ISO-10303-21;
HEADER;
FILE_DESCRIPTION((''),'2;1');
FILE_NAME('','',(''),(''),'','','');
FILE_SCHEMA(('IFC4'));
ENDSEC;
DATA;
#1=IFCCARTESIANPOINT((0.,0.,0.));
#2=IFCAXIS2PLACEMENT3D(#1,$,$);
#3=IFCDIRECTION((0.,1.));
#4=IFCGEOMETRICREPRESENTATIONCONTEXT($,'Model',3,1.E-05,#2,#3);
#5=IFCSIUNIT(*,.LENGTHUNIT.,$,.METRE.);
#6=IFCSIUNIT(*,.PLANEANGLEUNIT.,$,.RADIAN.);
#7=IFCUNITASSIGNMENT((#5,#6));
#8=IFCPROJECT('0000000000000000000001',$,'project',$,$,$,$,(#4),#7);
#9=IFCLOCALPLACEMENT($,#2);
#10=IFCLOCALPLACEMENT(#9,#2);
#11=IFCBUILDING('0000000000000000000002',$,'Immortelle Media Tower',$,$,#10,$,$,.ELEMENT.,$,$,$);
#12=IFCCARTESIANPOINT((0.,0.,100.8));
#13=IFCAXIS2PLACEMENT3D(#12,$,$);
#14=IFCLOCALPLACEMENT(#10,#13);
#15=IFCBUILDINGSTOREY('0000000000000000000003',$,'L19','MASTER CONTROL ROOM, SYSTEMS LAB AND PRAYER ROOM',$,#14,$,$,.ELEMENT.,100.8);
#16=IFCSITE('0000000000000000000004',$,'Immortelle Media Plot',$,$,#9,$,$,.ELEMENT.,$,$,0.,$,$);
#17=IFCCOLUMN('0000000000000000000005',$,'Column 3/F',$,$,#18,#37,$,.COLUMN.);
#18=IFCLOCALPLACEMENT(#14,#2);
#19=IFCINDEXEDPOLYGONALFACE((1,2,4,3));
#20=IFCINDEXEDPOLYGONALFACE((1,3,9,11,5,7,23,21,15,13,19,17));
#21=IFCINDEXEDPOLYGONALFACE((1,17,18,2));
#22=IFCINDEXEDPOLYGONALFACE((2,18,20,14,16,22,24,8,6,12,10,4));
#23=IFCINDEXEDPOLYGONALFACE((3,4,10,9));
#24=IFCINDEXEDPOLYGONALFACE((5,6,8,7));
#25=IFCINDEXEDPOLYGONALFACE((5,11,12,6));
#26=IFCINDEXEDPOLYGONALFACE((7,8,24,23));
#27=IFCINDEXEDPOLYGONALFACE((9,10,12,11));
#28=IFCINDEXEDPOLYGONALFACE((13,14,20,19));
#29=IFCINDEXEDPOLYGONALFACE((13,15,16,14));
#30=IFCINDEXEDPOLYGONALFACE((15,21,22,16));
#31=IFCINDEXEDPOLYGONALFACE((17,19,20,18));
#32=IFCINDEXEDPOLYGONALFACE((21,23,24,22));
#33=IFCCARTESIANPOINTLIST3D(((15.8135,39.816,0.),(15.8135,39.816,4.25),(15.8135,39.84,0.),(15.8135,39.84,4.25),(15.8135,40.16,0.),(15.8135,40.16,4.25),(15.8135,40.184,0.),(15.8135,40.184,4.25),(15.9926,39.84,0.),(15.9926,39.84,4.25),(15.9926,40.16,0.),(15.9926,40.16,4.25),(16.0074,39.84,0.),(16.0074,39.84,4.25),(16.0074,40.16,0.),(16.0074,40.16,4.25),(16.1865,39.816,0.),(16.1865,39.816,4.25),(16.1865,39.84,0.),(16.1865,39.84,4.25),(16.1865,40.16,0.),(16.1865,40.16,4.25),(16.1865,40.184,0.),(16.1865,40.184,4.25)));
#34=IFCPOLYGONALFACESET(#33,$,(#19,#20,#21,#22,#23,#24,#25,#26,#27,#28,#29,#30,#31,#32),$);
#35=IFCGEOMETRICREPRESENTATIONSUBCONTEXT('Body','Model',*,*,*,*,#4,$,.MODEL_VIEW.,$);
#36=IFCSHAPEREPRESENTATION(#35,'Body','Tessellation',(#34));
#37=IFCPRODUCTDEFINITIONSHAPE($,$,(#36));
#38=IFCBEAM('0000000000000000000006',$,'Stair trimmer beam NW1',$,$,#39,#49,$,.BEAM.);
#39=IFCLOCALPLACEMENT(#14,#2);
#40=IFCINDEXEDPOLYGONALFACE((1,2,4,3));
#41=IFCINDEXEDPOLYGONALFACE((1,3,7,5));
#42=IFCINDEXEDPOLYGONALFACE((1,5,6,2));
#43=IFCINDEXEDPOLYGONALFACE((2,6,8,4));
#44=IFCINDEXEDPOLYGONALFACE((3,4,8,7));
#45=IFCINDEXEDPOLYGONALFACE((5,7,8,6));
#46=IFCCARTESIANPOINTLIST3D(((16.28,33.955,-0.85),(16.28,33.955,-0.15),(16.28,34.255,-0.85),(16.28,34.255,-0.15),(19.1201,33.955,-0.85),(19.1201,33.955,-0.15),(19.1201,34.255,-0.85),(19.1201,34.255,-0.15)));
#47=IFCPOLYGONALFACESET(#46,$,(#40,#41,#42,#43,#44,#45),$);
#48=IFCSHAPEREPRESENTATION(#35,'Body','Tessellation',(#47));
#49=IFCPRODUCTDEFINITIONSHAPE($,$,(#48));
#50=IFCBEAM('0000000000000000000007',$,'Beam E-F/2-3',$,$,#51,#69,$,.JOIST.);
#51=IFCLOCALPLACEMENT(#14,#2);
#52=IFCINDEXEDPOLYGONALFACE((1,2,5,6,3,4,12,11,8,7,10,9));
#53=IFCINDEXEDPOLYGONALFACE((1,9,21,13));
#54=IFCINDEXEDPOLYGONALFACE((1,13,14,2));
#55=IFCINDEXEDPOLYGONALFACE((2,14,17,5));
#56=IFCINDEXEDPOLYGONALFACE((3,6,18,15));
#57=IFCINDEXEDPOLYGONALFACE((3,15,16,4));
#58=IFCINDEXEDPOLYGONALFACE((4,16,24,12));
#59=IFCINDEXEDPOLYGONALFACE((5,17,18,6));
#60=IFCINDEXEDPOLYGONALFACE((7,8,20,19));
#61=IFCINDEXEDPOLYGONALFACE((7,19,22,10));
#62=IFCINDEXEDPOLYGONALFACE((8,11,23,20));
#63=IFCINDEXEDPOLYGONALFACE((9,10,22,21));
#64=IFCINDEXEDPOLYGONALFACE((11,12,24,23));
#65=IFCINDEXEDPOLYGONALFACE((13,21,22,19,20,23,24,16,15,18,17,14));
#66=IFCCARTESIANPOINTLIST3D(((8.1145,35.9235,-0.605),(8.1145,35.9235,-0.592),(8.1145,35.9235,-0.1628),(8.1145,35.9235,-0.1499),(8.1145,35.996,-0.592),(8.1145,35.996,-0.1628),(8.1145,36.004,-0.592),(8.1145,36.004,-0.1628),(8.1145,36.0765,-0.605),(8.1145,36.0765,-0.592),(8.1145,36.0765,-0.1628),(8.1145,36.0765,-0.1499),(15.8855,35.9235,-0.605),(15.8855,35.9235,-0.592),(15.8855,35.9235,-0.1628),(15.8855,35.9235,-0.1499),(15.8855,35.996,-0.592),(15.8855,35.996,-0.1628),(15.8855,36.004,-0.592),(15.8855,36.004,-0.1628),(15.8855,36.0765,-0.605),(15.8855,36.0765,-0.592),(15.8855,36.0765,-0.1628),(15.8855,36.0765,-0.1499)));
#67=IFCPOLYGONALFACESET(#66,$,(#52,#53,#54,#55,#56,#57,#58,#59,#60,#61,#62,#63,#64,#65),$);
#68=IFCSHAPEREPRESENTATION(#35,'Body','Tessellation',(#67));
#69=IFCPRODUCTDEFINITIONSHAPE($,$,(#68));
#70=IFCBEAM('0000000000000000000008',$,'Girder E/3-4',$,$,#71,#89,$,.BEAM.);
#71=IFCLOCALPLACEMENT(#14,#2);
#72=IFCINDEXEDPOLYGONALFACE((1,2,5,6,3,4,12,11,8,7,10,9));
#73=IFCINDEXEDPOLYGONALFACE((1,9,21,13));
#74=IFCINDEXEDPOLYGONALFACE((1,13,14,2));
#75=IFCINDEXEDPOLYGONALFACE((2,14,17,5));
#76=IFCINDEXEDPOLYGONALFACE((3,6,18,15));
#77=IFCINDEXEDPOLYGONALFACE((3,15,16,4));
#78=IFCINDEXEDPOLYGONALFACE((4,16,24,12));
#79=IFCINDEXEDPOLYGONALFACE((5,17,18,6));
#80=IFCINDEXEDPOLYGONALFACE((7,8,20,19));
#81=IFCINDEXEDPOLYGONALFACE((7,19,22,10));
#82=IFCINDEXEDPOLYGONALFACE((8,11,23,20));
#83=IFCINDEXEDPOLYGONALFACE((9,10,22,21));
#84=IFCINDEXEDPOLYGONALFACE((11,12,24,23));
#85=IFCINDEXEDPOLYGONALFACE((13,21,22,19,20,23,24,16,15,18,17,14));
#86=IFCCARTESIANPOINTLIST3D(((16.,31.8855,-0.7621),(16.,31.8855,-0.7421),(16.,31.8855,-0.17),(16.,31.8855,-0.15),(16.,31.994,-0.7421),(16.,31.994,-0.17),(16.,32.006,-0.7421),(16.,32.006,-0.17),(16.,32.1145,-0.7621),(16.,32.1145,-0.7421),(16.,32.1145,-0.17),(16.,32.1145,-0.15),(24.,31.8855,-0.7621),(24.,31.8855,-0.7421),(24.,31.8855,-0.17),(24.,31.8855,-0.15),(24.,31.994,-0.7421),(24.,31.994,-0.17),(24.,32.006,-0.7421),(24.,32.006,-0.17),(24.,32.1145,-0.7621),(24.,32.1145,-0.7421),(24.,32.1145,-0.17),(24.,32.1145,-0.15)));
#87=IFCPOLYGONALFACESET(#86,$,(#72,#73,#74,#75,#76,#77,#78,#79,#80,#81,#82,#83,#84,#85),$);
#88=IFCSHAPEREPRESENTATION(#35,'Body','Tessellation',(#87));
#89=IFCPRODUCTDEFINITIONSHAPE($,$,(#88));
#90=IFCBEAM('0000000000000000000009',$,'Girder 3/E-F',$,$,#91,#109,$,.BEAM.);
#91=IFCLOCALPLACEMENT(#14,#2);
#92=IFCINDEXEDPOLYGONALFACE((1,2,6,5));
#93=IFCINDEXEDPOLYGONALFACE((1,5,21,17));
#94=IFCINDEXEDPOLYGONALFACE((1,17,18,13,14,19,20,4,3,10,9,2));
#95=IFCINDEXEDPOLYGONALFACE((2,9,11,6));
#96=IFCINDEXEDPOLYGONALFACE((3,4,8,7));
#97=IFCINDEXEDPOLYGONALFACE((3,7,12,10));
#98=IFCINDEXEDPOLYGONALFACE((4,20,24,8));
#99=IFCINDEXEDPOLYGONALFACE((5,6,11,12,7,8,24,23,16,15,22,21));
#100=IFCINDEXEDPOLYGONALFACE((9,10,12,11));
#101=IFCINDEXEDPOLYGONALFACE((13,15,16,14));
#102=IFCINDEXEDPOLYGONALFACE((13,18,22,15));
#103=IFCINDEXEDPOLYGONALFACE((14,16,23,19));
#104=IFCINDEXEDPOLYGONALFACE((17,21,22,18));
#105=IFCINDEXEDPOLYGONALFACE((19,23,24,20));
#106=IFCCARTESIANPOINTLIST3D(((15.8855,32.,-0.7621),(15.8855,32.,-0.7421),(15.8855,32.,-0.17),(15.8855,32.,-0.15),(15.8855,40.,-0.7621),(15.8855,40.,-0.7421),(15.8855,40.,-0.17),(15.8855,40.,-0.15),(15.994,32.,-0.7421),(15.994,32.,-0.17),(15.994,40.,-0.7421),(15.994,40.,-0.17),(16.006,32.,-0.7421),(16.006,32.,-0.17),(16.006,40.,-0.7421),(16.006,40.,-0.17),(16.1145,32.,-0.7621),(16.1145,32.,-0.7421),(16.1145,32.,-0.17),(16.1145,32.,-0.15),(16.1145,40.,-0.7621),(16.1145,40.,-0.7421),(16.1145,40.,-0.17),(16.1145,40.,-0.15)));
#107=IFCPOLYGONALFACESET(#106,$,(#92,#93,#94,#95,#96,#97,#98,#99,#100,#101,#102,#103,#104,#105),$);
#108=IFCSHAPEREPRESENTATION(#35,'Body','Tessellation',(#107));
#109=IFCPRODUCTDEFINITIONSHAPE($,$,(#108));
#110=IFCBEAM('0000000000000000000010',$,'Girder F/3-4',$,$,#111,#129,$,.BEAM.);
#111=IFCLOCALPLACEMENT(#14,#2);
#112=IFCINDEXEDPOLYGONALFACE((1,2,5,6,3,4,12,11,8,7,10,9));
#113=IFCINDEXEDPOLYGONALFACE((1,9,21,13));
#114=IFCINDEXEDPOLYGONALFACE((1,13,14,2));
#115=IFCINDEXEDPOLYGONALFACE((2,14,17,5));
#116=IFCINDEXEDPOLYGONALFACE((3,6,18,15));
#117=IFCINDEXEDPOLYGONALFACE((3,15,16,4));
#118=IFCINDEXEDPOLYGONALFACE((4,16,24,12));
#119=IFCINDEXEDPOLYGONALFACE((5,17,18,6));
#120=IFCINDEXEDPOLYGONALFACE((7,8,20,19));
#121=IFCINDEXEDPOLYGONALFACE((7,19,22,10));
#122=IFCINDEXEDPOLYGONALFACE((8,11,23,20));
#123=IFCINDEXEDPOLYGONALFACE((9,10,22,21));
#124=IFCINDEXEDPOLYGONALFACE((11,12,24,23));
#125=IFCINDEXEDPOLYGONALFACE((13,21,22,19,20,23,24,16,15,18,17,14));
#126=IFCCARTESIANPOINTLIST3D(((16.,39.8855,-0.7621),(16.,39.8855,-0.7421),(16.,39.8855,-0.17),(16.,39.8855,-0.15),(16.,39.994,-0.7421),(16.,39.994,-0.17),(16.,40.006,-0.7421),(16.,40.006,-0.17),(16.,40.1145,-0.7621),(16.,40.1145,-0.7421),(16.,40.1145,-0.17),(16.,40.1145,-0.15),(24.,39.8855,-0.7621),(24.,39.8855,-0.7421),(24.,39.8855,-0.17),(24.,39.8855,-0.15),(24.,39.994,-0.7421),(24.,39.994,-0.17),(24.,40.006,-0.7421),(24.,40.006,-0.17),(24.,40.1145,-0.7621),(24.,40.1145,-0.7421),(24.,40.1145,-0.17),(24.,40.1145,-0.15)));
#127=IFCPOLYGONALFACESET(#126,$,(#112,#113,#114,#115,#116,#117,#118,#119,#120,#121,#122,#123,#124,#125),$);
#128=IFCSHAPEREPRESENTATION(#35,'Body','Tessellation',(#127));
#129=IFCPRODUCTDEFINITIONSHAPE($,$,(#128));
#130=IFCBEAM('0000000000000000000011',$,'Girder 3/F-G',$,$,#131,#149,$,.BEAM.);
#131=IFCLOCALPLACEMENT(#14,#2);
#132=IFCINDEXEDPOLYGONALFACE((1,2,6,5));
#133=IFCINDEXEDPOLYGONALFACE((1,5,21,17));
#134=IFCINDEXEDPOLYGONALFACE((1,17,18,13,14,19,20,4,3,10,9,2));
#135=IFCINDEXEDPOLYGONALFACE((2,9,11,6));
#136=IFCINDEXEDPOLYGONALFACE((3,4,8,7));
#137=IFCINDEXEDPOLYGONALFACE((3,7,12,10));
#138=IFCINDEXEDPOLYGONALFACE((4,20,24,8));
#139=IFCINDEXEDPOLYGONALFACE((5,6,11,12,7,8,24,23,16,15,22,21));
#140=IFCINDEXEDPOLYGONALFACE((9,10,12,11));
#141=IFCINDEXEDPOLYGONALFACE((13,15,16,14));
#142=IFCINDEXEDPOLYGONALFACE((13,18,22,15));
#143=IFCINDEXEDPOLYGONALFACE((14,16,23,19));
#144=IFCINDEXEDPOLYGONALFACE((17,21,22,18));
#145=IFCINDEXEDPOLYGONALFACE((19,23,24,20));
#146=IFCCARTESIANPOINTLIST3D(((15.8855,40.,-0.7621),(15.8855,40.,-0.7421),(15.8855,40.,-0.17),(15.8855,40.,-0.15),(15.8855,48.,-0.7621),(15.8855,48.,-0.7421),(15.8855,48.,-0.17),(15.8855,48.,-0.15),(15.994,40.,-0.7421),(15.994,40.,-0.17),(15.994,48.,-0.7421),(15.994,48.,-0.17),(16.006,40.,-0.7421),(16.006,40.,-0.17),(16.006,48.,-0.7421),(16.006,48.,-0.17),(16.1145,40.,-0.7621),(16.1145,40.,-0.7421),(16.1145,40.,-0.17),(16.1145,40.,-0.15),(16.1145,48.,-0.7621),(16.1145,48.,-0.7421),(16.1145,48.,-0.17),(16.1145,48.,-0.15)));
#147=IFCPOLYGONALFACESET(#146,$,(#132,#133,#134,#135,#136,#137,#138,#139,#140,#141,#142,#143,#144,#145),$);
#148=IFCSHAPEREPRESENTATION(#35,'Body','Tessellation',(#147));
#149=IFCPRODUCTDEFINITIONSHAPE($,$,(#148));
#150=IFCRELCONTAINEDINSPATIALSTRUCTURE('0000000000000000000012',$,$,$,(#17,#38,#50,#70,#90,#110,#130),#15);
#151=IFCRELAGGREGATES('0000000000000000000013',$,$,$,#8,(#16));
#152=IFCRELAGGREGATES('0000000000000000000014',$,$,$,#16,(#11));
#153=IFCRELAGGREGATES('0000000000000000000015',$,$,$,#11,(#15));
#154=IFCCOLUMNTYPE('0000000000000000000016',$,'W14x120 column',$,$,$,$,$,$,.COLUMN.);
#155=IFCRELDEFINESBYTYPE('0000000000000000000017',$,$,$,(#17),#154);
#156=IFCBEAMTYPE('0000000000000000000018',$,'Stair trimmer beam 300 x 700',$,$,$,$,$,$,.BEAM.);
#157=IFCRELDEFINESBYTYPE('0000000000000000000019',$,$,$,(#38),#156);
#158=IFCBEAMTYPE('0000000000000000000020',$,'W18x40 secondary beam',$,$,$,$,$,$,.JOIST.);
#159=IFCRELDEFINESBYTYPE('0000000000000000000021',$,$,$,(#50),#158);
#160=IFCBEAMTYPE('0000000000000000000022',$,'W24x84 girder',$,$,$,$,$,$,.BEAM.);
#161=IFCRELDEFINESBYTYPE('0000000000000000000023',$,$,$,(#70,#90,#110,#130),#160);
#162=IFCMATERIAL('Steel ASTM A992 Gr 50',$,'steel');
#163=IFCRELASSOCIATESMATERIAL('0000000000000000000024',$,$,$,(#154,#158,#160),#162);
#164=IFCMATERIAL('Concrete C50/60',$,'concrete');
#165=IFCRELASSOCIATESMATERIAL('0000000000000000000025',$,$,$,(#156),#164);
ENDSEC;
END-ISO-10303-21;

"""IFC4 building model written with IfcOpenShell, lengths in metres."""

from ifc_helpers import new_model, si_unit, direction, frame, origin, origin_2d, place, context, subcontext, project, spatial, rectangle, i_section, extrude, material, material_profile, profile_set, type_object, element, save


model = new_model("IFC4")

# Units and contexts
model_context = context("Model", 3, precision=1e-05, world=origin(), true_north=direction((0.0, 1.0)))
body_context = subcontext(model_context, "Body", "Model", "MODEL_VIEW")
ifc_project = project(units=[si_unit("LENGTHUNIT", "METRE"), si_unit("PLANEANGLEUNIT", "RADIAN")], contexts=[model_context])

# Site, building, storey
site_placement = place(None, origin())
site = spatial("IfcSite", under=ifc_project, at=site_placement, Name="Immortelle Media Plot", CompositionType="ELEMENT", RefElevation=0.0)
building_placement = place(site_placement, origin())
building = spatial("IfcBuilding", under=site, at=building_placement, Name="Immortelle Media Tower", CompositionType="ELEMENT")
storey_placement = place(building_placement, frame((0.0, 0.0, 100.8)))
storey = spatial("IfcBuildingStorey", under=building, at=storey_placement, Name="L19", Description="MASTER CONTROL ROOM, SYSTEMS LAB AND PRAYER ROOM", CompositionType="ELEMENT", Elevation=100.8)

# Column
ifc_material_1 = material(Name="Steel ASTM A992 Gr 50", Category="steel")
ifc_material_profile_1 = material_profile(ifc_material_1, i_section(OverallWidth=0.373, OverallDepth=0.3679, WebThickness=0.0149, FlangeThickness=0.0239, at=origin_2d()), Name="W14x120")
ifc_profile_set_1 = profile_set([ifc_material_profile_1], Name="Steel ASTM A992 Gr 50")
column_type = type_object("IfcColumnType", Name="W14x120 column", PredefinedType="COLUMN", material=ifc_profile_set_1)
column_placement = place(storey_placement, frame((16.0, 40.0, 0.0), z_axis=(0.0, 0.0, 1.0), x_axis=(1.0, 0.0, 0.0)))
element("IfcColumn", 1, at=column_placement, inside=storey, type_object=column_type, Name="Column 3/F", PredefinedType="COLUMN", context=body_context, shape_type="SweptSolid", body=[
    extrude(i_section(OverallWidth=0.373, OverallDepth=0.3679, WebThickness=0.0149, FlangeThickness=0.0239, at=origin_2d()), origin(), (0.0, 0.0, 1.0), 4.25),
])

# Beams
ifc_material_2 = material(Name="Concrete C50/60", Category="concrete")
ifc_material_profile_2 = material_profile(ifc_material_2, rectangle(XDim=0.3, YDim=0.7, at=origin_2d()), Name="RC 300x700")
ifc_profile_set_2 = profile_set([ifc_material_profile_2], Name="Concrete C50/60")
beam_type_1 = type_object("IfcBeamType", Name="Stair trimmer beam 300 x 700", PredefinedType="BEAM", material=ifc_profile_set_2)
beam_1_placement = place(storey_placement, frame((16.28, 34.105, -0.5), z_axis=(1.0, 0.0, 0.0), x_axis=(0.0, 1.0, 0.0)))
element("IfcBeam", 2, at=beam_1_placement, inside=storey, type_object=beam_type_1, Name="Stair trimmer beam NW1", PredefinedType="BEAM", context=body_context, shape_type="SweptSolid", body=[
    extrude(rectangle(XDim=0.3, YDim=0.7, at=origin_2d()), origin(), (0.0, 0.0, 1.0), 2.8401),
])
ifc_material_profile_3 = material_profile(ifc_material_1, i_section(OverallWidth=0.1531, OverallDepth=0.4551, WebThickness=0.0081, FlangeThickness=0.0129, at=origin_2d()), Name="W18x40")
ifc_profile_set_3 = profile_set([ifc_material_profile_3], Name="Steel ASTM A992 Gr 50")
beam_type_2 = type_object("IfcBeamType", Name="W18x40 secondary beam", PredefinedType="JOIST", material=ifc_profile_set_3)
beam_2_placement = place(storey_placement, frame((8.1145, 36.0, -0.3774), z_axis=(1.0, 0.0, 0.0), x_axis=(0.0, 1.0, 0.0)))
element("IfcBeam", 3, at=beam_2_placement, inside=storey, type_object=beam_type_2, Name="Beam E-F/2-3", PredefinedType="JOIST", context=body_context, shape_type="SweptSolid", body=[
    extrude(i_section(OverallWidth=0.1531, OverallDepth=0.4551, WebThickness=0.0081, FlangeThickness=0.0129, at=origin_2d()), origin(), (0.0, 0.0, 1.0), 7.771),
])
ifc_material_profile_4 = material_profile(ifc_material_1, i_section(OverallWidth=0.229, OverallDepth=0.6121, WebThickness=0.012, FlangeThickness=0.02, at=origin_2d()), Name="W24x84")
ifc_profile_set_4 = profile_set([ifc_material_profile_4], Name="Steel ASTM A992 Gr 50")
beam_type_3 = type_object("IfcBeamType", Name="W24x84 girder", PredefinedType="BEAM", material=ifc_profile_set_4)
for number, where, z_axis, x_axis, name in (
    (4, (16.0, 32.0, -0.4561), (1.0, 0.0, 0.0), (0.0, 1.0, 0.0), "Girder E/3-4"),
    (5, (16.0, 32.0, -0.4561), (0.0, 1.0, 0.0), (-1.0, 0.0, 0.0), "Girder 3/E-F"),
    (6, (16.0, 40.0, -0.4561), (1.0, 0.0, 0.0), (0.0, 1.0, 0.0), "Girder F/3-4"),
    (7, (16.0, 40.0, -0.4561), (0.0, 1.0, 0.0), (-1.0, 0.0, 0.0), "Girder 3/F-G"),
):
    element("IfcBeam", number, at=place(storey_placement, frame(where, z_axis=z_axis, x_axis=x_axis)), inside=storey, type_object=beam_type_3, Name=name, PredefinedType="BEAM", context=body_context, shape_type="SweptSolid", body=[
        extrude(i_section(OverallWidth=0.229, OverallDepth=0.6121, WebThickness=0.012, FlangeThickness=0.02, at=origin_2d()), origin(), (0.0, 0.0, 1.0), 8.0),
    ])

save(model, "model.ifc")
